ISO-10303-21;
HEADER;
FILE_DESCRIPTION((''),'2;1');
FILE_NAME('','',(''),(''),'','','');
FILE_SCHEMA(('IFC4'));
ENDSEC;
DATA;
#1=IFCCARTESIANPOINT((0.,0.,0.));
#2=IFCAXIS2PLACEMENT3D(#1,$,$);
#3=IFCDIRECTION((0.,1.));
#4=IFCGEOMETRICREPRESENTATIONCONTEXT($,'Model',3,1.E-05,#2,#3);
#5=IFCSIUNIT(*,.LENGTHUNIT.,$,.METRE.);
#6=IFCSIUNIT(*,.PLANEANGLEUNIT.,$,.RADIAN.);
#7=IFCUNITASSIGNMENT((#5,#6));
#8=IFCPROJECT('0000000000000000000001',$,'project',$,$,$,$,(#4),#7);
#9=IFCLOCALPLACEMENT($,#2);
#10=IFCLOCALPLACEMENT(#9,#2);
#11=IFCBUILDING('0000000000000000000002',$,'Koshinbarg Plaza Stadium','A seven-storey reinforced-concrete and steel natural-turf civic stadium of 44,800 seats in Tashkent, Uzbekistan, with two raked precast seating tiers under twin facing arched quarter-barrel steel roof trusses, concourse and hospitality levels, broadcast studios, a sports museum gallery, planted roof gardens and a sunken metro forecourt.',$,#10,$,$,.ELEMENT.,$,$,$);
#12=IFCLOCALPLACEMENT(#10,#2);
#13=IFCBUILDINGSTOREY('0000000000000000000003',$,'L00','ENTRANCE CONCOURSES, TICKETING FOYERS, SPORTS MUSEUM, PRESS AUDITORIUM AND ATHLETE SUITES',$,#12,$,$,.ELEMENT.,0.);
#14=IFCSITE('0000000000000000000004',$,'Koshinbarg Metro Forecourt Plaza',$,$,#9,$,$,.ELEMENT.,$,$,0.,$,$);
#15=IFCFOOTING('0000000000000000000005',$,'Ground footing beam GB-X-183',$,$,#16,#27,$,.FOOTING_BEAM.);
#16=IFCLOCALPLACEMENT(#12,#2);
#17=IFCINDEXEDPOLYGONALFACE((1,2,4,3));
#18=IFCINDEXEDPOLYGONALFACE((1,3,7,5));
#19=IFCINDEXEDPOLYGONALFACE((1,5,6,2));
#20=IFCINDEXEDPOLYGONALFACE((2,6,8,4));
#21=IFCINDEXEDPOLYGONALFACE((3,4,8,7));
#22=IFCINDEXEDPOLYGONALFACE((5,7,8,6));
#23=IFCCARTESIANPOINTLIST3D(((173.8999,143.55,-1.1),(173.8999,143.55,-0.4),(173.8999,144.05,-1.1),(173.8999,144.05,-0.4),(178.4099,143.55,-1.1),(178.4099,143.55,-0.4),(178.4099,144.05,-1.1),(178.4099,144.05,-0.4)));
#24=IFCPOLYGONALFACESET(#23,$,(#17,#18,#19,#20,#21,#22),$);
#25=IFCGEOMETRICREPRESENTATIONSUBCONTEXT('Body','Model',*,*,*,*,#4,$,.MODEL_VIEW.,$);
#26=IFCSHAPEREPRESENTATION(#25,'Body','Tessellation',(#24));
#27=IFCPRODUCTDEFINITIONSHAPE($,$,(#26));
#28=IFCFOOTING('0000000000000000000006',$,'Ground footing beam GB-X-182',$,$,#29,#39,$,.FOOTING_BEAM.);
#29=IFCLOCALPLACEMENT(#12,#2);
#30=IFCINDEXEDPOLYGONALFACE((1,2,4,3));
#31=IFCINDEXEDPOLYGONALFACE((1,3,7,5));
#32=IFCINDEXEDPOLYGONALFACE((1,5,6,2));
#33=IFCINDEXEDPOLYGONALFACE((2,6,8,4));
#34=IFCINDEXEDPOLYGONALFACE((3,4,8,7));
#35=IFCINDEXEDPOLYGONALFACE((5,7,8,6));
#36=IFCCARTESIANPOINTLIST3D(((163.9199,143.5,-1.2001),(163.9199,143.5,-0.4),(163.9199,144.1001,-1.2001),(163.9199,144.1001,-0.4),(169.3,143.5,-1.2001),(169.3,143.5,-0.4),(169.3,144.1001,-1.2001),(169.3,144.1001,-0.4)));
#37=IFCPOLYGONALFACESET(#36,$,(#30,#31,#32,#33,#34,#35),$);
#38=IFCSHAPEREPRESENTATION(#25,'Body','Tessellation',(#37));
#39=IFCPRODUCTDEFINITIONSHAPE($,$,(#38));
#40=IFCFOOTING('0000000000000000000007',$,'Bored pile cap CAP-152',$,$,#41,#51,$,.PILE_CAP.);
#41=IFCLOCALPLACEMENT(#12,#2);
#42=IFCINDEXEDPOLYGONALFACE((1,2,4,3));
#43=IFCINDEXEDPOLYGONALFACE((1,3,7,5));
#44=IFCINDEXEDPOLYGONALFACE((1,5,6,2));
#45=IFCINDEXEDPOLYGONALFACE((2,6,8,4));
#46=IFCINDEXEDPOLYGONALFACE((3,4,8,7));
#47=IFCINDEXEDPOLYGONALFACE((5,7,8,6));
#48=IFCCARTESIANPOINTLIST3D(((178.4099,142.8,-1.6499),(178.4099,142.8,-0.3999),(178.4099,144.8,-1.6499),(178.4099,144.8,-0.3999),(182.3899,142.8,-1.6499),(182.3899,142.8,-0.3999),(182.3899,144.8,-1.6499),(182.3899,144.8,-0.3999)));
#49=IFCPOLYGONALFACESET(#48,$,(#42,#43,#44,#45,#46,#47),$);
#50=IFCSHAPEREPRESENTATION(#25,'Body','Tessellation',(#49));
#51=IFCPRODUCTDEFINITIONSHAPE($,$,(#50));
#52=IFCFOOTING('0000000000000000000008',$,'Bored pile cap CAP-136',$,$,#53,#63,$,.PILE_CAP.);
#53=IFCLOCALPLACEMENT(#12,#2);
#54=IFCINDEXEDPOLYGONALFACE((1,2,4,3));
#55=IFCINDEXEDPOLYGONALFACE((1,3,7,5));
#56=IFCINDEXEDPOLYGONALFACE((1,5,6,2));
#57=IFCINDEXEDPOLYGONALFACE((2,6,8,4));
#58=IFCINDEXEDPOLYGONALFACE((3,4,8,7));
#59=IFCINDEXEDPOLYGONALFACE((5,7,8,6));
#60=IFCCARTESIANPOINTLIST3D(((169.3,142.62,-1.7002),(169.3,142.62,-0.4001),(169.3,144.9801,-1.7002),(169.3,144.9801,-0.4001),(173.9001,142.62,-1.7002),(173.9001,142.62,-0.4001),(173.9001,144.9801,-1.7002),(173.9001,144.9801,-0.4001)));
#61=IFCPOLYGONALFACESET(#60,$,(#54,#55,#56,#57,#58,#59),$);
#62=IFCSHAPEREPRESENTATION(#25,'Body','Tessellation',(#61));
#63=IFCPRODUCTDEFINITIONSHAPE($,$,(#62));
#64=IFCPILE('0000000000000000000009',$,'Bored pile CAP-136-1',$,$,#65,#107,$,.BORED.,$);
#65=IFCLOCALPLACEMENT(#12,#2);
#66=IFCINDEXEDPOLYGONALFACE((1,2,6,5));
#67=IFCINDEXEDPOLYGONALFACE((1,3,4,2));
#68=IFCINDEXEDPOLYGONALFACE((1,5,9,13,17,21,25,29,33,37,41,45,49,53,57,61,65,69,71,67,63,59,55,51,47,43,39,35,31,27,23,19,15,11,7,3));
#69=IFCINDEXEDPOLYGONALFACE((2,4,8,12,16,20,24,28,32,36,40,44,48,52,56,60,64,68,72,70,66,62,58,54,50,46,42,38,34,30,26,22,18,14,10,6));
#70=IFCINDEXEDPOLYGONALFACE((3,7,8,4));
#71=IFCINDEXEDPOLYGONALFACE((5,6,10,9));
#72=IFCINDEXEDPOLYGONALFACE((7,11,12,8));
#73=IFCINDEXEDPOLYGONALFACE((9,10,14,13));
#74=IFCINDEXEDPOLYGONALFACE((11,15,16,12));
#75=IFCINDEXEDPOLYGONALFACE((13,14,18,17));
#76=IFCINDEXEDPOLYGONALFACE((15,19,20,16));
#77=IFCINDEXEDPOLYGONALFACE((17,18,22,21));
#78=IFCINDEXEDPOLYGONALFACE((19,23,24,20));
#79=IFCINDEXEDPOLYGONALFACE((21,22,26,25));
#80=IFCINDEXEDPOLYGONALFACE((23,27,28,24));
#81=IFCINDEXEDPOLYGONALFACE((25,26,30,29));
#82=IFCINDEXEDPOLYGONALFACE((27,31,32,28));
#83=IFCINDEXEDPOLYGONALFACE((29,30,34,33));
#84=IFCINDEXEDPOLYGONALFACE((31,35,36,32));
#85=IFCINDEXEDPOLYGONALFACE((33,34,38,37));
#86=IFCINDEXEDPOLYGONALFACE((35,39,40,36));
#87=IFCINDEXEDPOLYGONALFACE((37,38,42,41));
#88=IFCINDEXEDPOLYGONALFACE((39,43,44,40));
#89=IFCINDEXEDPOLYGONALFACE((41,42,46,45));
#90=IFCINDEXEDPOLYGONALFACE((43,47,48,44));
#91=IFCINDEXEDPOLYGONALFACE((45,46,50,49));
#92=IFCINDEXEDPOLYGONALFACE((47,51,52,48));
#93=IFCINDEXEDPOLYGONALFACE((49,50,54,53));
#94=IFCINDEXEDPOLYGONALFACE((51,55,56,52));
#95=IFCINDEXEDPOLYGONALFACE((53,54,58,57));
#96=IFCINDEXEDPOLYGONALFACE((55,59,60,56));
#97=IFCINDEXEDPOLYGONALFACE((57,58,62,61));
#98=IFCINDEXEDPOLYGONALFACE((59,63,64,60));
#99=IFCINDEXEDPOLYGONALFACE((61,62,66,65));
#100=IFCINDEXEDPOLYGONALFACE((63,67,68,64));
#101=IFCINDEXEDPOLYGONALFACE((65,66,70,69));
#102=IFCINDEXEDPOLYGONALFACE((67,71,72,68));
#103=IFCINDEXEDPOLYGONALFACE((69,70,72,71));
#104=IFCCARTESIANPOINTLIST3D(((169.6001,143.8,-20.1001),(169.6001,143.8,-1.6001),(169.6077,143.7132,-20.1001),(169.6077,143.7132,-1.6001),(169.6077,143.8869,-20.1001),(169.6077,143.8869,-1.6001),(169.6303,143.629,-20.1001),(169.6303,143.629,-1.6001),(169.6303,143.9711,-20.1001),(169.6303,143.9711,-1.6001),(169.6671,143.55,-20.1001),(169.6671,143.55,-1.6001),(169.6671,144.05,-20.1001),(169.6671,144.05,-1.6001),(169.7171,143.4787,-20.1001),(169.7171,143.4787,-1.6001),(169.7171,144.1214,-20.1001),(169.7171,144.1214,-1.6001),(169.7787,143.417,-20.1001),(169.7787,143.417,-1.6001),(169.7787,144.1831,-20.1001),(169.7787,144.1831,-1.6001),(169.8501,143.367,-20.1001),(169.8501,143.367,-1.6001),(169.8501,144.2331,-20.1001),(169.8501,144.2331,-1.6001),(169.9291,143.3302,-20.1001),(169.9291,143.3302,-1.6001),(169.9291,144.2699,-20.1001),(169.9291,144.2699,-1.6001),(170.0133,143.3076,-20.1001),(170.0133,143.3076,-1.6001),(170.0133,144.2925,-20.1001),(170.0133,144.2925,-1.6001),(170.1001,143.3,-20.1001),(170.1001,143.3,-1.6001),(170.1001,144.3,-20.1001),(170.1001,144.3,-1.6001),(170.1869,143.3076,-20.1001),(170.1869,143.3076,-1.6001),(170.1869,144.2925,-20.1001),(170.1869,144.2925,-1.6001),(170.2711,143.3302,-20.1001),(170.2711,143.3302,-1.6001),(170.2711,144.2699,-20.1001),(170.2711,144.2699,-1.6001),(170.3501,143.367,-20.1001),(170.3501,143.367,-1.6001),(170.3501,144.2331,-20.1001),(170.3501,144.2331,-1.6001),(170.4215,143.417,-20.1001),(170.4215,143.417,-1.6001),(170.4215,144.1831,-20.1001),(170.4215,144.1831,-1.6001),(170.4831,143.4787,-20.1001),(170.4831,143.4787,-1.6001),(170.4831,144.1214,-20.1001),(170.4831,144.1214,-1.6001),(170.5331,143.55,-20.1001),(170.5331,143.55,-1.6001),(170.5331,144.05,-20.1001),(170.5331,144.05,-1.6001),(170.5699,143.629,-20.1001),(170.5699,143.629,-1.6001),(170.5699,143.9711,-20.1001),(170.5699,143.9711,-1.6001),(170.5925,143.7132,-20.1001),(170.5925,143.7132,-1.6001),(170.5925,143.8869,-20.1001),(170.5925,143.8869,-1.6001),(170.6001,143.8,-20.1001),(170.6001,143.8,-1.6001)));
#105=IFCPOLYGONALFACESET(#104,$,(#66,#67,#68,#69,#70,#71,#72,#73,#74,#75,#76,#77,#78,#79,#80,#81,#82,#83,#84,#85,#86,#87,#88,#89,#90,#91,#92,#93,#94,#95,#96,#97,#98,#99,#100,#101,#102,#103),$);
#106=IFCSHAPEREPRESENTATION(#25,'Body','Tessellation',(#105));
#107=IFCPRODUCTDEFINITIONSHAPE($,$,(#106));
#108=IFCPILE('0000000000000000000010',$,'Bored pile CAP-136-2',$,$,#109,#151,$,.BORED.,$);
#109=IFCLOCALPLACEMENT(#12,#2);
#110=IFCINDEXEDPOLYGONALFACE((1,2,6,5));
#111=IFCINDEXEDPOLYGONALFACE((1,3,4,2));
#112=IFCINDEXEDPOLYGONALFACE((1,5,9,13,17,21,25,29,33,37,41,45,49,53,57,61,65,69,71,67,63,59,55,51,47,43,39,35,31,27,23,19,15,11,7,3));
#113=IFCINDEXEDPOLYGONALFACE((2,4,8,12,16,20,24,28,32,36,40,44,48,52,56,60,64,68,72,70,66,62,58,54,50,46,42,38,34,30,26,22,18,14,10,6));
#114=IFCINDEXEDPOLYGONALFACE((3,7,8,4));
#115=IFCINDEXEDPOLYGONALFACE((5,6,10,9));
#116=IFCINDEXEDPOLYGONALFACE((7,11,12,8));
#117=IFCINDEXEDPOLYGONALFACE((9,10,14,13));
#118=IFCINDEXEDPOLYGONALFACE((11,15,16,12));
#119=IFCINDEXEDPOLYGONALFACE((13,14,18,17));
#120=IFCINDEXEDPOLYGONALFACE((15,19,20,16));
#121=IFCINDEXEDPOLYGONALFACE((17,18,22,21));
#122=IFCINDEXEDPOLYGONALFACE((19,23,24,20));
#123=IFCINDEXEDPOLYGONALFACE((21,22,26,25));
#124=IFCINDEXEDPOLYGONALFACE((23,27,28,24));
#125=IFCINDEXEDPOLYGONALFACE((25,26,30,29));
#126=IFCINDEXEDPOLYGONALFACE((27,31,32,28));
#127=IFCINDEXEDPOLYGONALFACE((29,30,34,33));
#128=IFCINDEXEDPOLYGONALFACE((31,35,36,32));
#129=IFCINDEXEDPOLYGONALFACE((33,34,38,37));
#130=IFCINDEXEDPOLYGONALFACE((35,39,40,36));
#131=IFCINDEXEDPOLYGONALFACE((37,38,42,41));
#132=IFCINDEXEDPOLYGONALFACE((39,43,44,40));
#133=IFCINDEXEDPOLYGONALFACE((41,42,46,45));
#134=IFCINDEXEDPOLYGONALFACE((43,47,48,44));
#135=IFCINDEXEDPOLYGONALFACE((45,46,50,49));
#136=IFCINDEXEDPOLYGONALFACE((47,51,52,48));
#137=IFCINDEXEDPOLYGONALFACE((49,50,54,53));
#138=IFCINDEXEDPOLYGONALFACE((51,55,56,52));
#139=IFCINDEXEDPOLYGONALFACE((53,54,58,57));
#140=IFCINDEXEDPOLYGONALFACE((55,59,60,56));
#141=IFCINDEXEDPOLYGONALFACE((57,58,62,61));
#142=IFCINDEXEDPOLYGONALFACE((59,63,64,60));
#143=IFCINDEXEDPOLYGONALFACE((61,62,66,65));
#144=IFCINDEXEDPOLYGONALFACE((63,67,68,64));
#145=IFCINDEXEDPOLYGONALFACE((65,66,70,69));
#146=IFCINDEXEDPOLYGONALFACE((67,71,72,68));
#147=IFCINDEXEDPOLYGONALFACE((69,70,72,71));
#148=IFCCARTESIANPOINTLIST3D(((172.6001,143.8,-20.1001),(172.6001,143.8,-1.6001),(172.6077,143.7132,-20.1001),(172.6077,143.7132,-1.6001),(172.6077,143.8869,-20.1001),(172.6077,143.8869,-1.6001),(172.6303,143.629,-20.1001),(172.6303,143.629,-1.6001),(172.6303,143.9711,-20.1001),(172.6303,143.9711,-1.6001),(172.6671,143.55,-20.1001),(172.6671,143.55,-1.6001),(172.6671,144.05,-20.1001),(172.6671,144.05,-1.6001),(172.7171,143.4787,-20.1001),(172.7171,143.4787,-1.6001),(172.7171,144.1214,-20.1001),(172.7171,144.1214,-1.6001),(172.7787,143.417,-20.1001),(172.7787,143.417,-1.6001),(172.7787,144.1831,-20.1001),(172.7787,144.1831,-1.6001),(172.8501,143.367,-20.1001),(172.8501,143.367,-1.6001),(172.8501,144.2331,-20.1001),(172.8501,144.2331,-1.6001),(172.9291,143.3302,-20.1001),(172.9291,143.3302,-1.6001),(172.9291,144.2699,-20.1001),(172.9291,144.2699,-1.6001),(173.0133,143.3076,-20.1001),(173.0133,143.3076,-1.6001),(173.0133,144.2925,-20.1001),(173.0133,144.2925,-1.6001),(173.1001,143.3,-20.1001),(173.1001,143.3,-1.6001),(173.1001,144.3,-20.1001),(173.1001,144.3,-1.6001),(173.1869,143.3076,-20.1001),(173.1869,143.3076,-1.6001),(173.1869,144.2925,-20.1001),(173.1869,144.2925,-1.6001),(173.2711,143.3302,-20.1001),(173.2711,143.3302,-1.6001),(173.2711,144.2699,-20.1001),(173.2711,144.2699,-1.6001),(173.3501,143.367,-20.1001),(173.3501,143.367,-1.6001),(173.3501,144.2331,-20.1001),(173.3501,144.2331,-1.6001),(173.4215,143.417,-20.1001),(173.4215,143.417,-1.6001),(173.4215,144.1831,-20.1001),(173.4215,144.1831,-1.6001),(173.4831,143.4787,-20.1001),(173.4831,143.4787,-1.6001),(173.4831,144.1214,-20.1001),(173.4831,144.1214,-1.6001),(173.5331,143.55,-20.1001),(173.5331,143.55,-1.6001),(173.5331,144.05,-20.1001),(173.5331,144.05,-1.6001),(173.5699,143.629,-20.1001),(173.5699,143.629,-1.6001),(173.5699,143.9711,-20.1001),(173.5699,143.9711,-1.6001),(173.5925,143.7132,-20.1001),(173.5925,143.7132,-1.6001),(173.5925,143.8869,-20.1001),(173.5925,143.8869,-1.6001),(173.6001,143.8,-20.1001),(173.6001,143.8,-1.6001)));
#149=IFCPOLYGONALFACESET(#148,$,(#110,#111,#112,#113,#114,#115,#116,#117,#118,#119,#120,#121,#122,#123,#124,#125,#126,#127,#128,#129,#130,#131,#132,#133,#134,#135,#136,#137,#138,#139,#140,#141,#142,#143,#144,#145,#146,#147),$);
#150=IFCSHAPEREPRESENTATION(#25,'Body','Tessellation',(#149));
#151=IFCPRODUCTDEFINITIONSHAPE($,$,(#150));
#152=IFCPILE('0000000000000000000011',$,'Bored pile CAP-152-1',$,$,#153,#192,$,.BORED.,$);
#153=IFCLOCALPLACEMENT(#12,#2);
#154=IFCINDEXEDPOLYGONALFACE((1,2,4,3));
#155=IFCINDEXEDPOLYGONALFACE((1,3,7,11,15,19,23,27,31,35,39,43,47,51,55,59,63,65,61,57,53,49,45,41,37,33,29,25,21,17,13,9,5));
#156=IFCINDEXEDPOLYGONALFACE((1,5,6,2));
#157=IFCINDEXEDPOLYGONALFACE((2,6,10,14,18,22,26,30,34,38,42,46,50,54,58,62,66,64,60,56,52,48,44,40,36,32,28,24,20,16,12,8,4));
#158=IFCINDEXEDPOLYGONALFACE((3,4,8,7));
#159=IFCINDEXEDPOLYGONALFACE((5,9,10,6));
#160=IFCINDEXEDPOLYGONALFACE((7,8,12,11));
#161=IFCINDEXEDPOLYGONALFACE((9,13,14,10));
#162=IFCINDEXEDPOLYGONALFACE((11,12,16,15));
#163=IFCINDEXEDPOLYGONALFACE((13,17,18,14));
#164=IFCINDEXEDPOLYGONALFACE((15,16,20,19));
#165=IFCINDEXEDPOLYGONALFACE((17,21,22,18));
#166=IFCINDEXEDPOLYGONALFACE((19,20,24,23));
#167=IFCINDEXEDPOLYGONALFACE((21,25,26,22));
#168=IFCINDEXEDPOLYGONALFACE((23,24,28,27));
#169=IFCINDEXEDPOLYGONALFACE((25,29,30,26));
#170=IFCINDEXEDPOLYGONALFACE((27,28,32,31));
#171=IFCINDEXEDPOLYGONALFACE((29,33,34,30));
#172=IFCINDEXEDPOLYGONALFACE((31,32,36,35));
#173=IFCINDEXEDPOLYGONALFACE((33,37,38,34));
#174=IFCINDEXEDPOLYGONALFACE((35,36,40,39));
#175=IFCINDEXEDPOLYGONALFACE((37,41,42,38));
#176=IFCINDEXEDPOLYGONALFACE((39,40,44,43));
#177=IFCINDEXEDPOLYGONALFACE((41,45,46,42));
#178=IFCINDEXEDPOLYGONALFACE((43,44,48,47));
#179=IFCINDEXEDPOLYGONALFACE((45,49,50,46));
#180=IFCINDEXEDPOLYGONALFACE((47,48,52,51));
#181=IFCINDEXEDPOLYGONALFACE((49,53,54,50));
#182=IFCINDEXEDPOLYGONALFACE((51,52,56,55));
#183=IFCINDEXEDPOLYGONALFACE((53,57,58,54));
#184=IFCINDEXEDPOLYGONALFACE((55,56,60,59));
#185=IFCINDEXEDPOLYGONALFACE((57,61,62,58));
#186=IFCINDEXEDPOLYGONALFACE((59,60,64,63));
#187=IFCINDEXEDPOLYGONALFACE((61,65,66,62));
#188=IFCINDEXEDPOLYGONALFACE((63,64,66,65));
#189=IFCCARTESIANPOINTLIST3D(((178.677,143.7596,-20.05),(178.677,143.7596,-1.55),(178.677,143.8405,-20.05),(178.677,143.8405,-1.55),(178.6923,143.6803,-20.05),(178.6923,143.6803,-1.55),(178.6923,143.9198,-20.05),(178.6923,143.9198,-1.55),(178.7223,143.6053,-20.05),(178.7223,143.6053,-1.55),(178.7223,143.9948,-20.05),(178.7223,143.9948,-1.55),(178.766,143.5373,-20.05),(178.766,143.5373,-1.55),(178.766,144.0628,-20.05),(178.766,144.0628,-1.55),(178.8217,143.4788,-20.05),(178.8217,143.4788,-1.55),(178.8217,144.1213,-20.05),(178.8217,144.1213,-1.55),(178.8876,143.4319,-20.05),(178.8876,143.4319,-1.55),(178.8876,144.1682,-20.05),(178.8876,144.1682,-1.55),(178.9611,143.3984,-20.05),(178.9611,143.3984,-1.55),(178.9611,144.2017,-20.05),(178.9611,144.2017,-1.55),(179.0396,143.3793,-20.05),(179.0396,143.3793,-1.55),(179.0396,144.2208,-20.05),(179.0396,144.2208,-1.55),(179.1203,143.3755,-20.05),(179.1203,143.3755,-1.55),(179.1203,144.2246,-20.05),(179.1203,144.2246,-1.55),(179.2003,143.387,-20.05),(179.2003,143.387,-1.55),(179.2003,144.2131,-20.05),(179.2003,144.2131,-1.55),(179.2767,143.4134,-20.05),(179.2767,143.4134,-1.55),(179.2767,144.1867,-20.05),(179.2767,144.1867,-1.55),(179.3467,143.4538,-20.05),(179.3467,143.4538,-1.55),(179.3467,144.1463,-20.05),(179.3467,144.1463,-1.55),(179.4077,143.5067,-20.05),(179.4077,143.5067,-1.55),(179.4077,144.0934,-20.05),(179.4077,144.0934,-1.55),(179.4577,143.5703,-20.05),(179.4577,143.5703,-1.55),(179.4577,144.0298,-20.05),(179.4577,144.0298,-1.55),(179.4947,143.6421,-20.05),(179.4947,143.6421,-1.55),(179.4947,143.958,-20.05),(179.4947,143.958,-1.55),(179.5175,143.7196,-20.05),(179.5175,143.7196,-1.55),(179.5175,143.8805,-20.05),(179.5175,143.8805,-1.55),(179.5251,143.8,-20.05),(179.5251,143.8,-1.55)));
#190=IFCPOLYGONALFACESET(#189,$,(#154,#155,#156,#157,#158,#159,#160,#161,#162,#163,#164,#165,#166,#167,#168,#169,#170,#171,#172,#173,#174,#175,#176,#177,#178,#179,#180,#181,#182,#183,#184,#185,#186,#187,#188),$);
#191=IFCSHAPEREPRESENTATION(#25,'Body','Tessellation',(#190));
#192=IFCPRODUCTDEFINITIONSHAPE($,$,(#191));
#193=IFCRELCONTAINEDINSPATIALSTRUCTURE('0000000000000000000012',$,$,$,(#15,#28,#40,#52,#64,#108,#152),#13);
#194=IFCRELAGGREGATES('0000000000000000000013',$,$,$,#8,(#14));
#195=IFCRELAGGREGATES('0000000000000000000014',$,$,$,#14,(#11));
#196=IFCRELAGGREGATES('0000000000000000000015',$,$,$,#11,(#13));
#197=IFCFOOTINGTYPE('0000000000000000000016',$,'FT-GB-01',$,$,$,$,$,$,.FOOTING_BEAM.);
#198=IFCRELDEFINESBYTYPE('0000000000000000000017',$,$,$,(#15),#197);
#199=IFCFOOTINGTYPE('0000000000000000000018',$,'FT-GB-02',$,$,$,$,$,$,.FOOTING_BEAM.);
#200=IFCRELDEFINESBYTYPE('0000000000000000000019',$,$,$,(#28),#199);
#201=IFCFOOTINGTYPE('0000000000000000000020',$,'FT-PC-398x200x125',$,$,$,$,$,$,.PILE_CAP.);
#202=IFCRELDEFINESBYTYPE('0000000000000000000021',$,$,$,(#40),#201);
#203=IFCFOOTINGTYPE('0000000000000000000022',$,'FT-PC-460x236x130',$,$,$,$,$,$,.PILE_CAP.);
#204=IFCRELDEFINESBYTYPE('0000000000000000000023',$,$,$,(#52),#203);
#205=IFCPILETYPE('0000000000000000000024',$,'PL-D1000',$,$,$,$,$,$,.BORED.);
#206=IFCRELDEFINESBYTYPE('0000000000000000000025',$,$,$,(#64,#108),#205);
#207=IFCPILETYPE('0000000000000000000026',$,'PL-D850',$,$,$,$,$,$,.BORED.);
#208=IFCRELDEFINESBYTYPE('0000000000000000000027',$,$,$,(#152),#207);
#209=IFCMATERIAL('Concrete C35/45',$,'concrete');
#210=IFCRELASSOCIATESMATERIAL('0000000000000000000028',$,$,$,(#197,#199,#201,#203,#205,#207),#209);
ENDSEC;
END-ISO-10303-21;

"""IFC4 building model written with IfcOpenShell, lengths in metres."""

from ifc_helpers import new_model, si_unit, direction, frame, origin, origin_2d, place, context, subcontext, project, spatial, rectangle, circle, extrude, material, material_profile, profile_set, type_object, element, save


model = new_model("IFC4")

# Units and contexts
model_context = context("Model", 3, precision=1e-05, world=origin(), true_north=direction((0.0, 1.0)))
body_context = subcontext(model_context, "Body", "Model", "MODEL_VIEW")
ifc_project = project(units=[si_unit("LENGTHUNIT", "METRE"), si_unit("PLANEANGLEUNIT", "RADIAN")], contexts=[model_context])

# Site, building, storey
site_placement = place(None, origin())
site = spatial("IfcSite", under=ifc_project, at=site_placement, Name="Koshinbarg Metro Forecourt Plaza", CompositionType="ELEMENT", RefElevation=0.0)
building_placement = place(site_placement, origin())
building = spatial("IfcBuilding", under=site, at=building_placement, Name="Koshinbarg Plaza Stadium", Description="A seven-storey reinforced-concrete and steel natural-turf civic stadium of 44,800 seats in Tashkent, Uzbekistan, with two raked precast seating tiers under twin facing arched quarter-barrel steel roof trusses, concourse and hospitality levels, broadcast studios, a sports museum gallery, planted roof gardens and a sunken metro forecourt.", CompositionType="ELEMENT")
storey_placement = place(building_placement, origin())
storey = spatial("IfcBuildingStorey", under=building, at=storey_placement, Name="L00", Description="ENTRANCE CONCOURSES, TICKETING FOYERS, SPORTS MUSEUM, PRESS AUDITORIUM AND ATHLETE SUITES", CompositionType="ELEMENT", Elevation=0.0)

# Footings
ifc_material_1 = material(Name="Concrete C35/45", Category="concrete")
ifc_material_profile_1 = material_profile(ifc_material_1, rectangle(XDim=0.5, YDim=0.7, at=origin_2d()), Name="GB 500x700")
ifc_profile_set_1 = profile_set([ifc_material_profile_1], Name="Concrete C35/45")
footing_type_1 = type_object("IfcFootingType", Name="FT-GB-01", PredefinedType="FOOTING_BEAM", material=ifc_profile_set_1)
footing_1_placement = place(storey_placement, frame((173.8999, 143.8, -0.75), z_axis=(1.0, 0.0, 0.0), x_axis=(0.0, 1.0, 0.0)))
element("IfcFooting", 1, at=footing_1_placement, inside=storey, type_object=footing_type_1, Name="Ground footing beam GB-X-183", PredefinedType="FOOTING_BEAM", context=body_context, shape_type="SweptSolid", body=[
    extrude(rectangle(XDim=0.5, YDim=0.7, at=origin_2d()), origin(), (0.0, 0.0, 1.0), 4.51),
])
ifc_material_profile_2 = material_profile(ifc_material_1, rectangle(XDim=0.6001, YDim=0.8, at=origin_2d()), Name="GB 600x800")
ifc_profile_set_2 = profile_set([ifc_material_profile_2], Name="Concrete C35/45")
footing_type_2 = type_object("IfcFootingType", Name="FT-GB-02", PredefinedType="FOOTING_BEAM", material=ifc_profile_set_2)
footing_2_placement = place(storey_placement, frame((163.9199, 143.8, -0.8), z_axis=(1.0, 0.0, 0.0), x_axis=(0.0, 1.0, 0.0)))
element("IfcFooting", 2, at=footing_2_placement, inside=storey, type_object=footing_type_2, Name="Ground footing beam GB-X-182", PredefinedType="FOOTING_BEAM", context=body_context, shape_type="SweptSolid", body=[
    extrude(rectangle(XDim=0.6001, YDim=0.8, at=origin_2d()), origin(), (0.0, 0.0, 1.0), 5.3801),
])
footing_type_3 = type_object("IfcFootingType", Name="FT-PC-398x200x125", PredefinedType="PILE_CAP", material=ifc_material_1)
footing_3_placement = place(storey_placement, frame((180.3999, 143.8, -1.6499), z_axis=(0.0, 0.0, 1.0), x_axis=(1.0, 0.0, 0.0)))
element("IfcFooting", 3, at=footing_3_placement, inside=storey, type_object=footing_type_3, Name="Bored pile cap CAP-152", PredefinedType="PILE_CAP", context=body_context, shape_type="SweptSolid", body=[
    extrude(rectangle(XDim=3.98, YDim=2.0, at=origin_2d()), origin(), (0.0, 0.0, 1.0), 1.25),
])
footing_type_4 = type_object("IfcFootingType", Name="FT-PC-460x236x130", PredefinedType="PILE_CAP", material=ifc_material_1)
footing_4_placement = place(storey_placement, frame((171.6001, 143.8, -1.7002), z_axis=(0.0, 0.0, 1.0), x_axis=(1.0, 0.0, 0.0)))
element("IfcFooting", 4, at=footing_4_placement, inside=storey, type_object=footing_type_4, Name="Bored pile cap CAP-136", PredefinedType="PILE_CAP", context=body_context, shape_type="SweptSolid", body=[
    extrude(rectangle(XDim=4.6001, YDim=2.3601, at=origin_2d()), origin(), (0.0, 0.0, 1.0), 1.3),
])

# Piles
ifc_material_profile_3 = material_profile(ifc_material_1, circle(Radius=0.5, at=origin_2d()), Name="PILE D1000")
ifc_profile_set_3 = profile_set([ifc_material_profile_3], Name="Concrete C35/45")
pile_type_1 = type_object("IfcPileType", Name="PL-D1000", PredefinedType="BORED", material=ifc_profile_set_3)
for number, where, z_axis, x_axis, name in (
    (5, (170.1001, 143.8, -1.6001), (0.0, 0.0, -1.0), (1.0, 0.0, 0.0), "Bored pile CAP-136-1"),
    (6, (173.1001, 143.8, -1.6001), (0.0, 0.0, -1.0), (1.0, 0.0, 0.0), "Bored pile CAP-136-2"),
):
    element("IfcPile", number, at=place(storey_placement, frame(where, z_axis=z_axis, x_axis=x_axis)), inside=storey, type_object=pile_type_1, Name=name, PredefinedType="BORED", context=body_context, shape_type="SweptSolid", body=[
        extrude(circle(Radius=0.5, at=origin_2d()), origin(), (0.0, 0.0, 1.0), 18.5),
    ])
ifc_material_profile_4 = material_profile(ifc_material_1, circle(Radius=0.425, at=origin_2d()), Name="PILE D850")
ifc_profile_set_4 = profile_set([ifc_material_profile_4], Name="Concrete C35/45")
pile_type_2 = type_object("IfcPileType", Name="PL-D850", PredefinedType="BORED", material=ifc_profile_set_4)
for number, where, z_axis, x_axis, name in (
    (7, (179.1001, 143.8, -1.55), (0.0, 0.0, -1.0), (1.0, 0.0, 0.0), "Bored pile CAP-152-1"),
):
    element("IfcPile", number, at=place(storey_placement, frame(where, z_axis=z_axis, x_axis=x_axis)), inside=storey, type_object=pile_type_2, Name=name, PredefinedType="BORED", context=body_context, shape_type="SweptSolid", body=[
        extrude(circle(Radius=0.425, at=origin_2d()), origin(), (0.0, 0.0, 1.0), 18.5),
    ])

save(model, "model.ifc")
